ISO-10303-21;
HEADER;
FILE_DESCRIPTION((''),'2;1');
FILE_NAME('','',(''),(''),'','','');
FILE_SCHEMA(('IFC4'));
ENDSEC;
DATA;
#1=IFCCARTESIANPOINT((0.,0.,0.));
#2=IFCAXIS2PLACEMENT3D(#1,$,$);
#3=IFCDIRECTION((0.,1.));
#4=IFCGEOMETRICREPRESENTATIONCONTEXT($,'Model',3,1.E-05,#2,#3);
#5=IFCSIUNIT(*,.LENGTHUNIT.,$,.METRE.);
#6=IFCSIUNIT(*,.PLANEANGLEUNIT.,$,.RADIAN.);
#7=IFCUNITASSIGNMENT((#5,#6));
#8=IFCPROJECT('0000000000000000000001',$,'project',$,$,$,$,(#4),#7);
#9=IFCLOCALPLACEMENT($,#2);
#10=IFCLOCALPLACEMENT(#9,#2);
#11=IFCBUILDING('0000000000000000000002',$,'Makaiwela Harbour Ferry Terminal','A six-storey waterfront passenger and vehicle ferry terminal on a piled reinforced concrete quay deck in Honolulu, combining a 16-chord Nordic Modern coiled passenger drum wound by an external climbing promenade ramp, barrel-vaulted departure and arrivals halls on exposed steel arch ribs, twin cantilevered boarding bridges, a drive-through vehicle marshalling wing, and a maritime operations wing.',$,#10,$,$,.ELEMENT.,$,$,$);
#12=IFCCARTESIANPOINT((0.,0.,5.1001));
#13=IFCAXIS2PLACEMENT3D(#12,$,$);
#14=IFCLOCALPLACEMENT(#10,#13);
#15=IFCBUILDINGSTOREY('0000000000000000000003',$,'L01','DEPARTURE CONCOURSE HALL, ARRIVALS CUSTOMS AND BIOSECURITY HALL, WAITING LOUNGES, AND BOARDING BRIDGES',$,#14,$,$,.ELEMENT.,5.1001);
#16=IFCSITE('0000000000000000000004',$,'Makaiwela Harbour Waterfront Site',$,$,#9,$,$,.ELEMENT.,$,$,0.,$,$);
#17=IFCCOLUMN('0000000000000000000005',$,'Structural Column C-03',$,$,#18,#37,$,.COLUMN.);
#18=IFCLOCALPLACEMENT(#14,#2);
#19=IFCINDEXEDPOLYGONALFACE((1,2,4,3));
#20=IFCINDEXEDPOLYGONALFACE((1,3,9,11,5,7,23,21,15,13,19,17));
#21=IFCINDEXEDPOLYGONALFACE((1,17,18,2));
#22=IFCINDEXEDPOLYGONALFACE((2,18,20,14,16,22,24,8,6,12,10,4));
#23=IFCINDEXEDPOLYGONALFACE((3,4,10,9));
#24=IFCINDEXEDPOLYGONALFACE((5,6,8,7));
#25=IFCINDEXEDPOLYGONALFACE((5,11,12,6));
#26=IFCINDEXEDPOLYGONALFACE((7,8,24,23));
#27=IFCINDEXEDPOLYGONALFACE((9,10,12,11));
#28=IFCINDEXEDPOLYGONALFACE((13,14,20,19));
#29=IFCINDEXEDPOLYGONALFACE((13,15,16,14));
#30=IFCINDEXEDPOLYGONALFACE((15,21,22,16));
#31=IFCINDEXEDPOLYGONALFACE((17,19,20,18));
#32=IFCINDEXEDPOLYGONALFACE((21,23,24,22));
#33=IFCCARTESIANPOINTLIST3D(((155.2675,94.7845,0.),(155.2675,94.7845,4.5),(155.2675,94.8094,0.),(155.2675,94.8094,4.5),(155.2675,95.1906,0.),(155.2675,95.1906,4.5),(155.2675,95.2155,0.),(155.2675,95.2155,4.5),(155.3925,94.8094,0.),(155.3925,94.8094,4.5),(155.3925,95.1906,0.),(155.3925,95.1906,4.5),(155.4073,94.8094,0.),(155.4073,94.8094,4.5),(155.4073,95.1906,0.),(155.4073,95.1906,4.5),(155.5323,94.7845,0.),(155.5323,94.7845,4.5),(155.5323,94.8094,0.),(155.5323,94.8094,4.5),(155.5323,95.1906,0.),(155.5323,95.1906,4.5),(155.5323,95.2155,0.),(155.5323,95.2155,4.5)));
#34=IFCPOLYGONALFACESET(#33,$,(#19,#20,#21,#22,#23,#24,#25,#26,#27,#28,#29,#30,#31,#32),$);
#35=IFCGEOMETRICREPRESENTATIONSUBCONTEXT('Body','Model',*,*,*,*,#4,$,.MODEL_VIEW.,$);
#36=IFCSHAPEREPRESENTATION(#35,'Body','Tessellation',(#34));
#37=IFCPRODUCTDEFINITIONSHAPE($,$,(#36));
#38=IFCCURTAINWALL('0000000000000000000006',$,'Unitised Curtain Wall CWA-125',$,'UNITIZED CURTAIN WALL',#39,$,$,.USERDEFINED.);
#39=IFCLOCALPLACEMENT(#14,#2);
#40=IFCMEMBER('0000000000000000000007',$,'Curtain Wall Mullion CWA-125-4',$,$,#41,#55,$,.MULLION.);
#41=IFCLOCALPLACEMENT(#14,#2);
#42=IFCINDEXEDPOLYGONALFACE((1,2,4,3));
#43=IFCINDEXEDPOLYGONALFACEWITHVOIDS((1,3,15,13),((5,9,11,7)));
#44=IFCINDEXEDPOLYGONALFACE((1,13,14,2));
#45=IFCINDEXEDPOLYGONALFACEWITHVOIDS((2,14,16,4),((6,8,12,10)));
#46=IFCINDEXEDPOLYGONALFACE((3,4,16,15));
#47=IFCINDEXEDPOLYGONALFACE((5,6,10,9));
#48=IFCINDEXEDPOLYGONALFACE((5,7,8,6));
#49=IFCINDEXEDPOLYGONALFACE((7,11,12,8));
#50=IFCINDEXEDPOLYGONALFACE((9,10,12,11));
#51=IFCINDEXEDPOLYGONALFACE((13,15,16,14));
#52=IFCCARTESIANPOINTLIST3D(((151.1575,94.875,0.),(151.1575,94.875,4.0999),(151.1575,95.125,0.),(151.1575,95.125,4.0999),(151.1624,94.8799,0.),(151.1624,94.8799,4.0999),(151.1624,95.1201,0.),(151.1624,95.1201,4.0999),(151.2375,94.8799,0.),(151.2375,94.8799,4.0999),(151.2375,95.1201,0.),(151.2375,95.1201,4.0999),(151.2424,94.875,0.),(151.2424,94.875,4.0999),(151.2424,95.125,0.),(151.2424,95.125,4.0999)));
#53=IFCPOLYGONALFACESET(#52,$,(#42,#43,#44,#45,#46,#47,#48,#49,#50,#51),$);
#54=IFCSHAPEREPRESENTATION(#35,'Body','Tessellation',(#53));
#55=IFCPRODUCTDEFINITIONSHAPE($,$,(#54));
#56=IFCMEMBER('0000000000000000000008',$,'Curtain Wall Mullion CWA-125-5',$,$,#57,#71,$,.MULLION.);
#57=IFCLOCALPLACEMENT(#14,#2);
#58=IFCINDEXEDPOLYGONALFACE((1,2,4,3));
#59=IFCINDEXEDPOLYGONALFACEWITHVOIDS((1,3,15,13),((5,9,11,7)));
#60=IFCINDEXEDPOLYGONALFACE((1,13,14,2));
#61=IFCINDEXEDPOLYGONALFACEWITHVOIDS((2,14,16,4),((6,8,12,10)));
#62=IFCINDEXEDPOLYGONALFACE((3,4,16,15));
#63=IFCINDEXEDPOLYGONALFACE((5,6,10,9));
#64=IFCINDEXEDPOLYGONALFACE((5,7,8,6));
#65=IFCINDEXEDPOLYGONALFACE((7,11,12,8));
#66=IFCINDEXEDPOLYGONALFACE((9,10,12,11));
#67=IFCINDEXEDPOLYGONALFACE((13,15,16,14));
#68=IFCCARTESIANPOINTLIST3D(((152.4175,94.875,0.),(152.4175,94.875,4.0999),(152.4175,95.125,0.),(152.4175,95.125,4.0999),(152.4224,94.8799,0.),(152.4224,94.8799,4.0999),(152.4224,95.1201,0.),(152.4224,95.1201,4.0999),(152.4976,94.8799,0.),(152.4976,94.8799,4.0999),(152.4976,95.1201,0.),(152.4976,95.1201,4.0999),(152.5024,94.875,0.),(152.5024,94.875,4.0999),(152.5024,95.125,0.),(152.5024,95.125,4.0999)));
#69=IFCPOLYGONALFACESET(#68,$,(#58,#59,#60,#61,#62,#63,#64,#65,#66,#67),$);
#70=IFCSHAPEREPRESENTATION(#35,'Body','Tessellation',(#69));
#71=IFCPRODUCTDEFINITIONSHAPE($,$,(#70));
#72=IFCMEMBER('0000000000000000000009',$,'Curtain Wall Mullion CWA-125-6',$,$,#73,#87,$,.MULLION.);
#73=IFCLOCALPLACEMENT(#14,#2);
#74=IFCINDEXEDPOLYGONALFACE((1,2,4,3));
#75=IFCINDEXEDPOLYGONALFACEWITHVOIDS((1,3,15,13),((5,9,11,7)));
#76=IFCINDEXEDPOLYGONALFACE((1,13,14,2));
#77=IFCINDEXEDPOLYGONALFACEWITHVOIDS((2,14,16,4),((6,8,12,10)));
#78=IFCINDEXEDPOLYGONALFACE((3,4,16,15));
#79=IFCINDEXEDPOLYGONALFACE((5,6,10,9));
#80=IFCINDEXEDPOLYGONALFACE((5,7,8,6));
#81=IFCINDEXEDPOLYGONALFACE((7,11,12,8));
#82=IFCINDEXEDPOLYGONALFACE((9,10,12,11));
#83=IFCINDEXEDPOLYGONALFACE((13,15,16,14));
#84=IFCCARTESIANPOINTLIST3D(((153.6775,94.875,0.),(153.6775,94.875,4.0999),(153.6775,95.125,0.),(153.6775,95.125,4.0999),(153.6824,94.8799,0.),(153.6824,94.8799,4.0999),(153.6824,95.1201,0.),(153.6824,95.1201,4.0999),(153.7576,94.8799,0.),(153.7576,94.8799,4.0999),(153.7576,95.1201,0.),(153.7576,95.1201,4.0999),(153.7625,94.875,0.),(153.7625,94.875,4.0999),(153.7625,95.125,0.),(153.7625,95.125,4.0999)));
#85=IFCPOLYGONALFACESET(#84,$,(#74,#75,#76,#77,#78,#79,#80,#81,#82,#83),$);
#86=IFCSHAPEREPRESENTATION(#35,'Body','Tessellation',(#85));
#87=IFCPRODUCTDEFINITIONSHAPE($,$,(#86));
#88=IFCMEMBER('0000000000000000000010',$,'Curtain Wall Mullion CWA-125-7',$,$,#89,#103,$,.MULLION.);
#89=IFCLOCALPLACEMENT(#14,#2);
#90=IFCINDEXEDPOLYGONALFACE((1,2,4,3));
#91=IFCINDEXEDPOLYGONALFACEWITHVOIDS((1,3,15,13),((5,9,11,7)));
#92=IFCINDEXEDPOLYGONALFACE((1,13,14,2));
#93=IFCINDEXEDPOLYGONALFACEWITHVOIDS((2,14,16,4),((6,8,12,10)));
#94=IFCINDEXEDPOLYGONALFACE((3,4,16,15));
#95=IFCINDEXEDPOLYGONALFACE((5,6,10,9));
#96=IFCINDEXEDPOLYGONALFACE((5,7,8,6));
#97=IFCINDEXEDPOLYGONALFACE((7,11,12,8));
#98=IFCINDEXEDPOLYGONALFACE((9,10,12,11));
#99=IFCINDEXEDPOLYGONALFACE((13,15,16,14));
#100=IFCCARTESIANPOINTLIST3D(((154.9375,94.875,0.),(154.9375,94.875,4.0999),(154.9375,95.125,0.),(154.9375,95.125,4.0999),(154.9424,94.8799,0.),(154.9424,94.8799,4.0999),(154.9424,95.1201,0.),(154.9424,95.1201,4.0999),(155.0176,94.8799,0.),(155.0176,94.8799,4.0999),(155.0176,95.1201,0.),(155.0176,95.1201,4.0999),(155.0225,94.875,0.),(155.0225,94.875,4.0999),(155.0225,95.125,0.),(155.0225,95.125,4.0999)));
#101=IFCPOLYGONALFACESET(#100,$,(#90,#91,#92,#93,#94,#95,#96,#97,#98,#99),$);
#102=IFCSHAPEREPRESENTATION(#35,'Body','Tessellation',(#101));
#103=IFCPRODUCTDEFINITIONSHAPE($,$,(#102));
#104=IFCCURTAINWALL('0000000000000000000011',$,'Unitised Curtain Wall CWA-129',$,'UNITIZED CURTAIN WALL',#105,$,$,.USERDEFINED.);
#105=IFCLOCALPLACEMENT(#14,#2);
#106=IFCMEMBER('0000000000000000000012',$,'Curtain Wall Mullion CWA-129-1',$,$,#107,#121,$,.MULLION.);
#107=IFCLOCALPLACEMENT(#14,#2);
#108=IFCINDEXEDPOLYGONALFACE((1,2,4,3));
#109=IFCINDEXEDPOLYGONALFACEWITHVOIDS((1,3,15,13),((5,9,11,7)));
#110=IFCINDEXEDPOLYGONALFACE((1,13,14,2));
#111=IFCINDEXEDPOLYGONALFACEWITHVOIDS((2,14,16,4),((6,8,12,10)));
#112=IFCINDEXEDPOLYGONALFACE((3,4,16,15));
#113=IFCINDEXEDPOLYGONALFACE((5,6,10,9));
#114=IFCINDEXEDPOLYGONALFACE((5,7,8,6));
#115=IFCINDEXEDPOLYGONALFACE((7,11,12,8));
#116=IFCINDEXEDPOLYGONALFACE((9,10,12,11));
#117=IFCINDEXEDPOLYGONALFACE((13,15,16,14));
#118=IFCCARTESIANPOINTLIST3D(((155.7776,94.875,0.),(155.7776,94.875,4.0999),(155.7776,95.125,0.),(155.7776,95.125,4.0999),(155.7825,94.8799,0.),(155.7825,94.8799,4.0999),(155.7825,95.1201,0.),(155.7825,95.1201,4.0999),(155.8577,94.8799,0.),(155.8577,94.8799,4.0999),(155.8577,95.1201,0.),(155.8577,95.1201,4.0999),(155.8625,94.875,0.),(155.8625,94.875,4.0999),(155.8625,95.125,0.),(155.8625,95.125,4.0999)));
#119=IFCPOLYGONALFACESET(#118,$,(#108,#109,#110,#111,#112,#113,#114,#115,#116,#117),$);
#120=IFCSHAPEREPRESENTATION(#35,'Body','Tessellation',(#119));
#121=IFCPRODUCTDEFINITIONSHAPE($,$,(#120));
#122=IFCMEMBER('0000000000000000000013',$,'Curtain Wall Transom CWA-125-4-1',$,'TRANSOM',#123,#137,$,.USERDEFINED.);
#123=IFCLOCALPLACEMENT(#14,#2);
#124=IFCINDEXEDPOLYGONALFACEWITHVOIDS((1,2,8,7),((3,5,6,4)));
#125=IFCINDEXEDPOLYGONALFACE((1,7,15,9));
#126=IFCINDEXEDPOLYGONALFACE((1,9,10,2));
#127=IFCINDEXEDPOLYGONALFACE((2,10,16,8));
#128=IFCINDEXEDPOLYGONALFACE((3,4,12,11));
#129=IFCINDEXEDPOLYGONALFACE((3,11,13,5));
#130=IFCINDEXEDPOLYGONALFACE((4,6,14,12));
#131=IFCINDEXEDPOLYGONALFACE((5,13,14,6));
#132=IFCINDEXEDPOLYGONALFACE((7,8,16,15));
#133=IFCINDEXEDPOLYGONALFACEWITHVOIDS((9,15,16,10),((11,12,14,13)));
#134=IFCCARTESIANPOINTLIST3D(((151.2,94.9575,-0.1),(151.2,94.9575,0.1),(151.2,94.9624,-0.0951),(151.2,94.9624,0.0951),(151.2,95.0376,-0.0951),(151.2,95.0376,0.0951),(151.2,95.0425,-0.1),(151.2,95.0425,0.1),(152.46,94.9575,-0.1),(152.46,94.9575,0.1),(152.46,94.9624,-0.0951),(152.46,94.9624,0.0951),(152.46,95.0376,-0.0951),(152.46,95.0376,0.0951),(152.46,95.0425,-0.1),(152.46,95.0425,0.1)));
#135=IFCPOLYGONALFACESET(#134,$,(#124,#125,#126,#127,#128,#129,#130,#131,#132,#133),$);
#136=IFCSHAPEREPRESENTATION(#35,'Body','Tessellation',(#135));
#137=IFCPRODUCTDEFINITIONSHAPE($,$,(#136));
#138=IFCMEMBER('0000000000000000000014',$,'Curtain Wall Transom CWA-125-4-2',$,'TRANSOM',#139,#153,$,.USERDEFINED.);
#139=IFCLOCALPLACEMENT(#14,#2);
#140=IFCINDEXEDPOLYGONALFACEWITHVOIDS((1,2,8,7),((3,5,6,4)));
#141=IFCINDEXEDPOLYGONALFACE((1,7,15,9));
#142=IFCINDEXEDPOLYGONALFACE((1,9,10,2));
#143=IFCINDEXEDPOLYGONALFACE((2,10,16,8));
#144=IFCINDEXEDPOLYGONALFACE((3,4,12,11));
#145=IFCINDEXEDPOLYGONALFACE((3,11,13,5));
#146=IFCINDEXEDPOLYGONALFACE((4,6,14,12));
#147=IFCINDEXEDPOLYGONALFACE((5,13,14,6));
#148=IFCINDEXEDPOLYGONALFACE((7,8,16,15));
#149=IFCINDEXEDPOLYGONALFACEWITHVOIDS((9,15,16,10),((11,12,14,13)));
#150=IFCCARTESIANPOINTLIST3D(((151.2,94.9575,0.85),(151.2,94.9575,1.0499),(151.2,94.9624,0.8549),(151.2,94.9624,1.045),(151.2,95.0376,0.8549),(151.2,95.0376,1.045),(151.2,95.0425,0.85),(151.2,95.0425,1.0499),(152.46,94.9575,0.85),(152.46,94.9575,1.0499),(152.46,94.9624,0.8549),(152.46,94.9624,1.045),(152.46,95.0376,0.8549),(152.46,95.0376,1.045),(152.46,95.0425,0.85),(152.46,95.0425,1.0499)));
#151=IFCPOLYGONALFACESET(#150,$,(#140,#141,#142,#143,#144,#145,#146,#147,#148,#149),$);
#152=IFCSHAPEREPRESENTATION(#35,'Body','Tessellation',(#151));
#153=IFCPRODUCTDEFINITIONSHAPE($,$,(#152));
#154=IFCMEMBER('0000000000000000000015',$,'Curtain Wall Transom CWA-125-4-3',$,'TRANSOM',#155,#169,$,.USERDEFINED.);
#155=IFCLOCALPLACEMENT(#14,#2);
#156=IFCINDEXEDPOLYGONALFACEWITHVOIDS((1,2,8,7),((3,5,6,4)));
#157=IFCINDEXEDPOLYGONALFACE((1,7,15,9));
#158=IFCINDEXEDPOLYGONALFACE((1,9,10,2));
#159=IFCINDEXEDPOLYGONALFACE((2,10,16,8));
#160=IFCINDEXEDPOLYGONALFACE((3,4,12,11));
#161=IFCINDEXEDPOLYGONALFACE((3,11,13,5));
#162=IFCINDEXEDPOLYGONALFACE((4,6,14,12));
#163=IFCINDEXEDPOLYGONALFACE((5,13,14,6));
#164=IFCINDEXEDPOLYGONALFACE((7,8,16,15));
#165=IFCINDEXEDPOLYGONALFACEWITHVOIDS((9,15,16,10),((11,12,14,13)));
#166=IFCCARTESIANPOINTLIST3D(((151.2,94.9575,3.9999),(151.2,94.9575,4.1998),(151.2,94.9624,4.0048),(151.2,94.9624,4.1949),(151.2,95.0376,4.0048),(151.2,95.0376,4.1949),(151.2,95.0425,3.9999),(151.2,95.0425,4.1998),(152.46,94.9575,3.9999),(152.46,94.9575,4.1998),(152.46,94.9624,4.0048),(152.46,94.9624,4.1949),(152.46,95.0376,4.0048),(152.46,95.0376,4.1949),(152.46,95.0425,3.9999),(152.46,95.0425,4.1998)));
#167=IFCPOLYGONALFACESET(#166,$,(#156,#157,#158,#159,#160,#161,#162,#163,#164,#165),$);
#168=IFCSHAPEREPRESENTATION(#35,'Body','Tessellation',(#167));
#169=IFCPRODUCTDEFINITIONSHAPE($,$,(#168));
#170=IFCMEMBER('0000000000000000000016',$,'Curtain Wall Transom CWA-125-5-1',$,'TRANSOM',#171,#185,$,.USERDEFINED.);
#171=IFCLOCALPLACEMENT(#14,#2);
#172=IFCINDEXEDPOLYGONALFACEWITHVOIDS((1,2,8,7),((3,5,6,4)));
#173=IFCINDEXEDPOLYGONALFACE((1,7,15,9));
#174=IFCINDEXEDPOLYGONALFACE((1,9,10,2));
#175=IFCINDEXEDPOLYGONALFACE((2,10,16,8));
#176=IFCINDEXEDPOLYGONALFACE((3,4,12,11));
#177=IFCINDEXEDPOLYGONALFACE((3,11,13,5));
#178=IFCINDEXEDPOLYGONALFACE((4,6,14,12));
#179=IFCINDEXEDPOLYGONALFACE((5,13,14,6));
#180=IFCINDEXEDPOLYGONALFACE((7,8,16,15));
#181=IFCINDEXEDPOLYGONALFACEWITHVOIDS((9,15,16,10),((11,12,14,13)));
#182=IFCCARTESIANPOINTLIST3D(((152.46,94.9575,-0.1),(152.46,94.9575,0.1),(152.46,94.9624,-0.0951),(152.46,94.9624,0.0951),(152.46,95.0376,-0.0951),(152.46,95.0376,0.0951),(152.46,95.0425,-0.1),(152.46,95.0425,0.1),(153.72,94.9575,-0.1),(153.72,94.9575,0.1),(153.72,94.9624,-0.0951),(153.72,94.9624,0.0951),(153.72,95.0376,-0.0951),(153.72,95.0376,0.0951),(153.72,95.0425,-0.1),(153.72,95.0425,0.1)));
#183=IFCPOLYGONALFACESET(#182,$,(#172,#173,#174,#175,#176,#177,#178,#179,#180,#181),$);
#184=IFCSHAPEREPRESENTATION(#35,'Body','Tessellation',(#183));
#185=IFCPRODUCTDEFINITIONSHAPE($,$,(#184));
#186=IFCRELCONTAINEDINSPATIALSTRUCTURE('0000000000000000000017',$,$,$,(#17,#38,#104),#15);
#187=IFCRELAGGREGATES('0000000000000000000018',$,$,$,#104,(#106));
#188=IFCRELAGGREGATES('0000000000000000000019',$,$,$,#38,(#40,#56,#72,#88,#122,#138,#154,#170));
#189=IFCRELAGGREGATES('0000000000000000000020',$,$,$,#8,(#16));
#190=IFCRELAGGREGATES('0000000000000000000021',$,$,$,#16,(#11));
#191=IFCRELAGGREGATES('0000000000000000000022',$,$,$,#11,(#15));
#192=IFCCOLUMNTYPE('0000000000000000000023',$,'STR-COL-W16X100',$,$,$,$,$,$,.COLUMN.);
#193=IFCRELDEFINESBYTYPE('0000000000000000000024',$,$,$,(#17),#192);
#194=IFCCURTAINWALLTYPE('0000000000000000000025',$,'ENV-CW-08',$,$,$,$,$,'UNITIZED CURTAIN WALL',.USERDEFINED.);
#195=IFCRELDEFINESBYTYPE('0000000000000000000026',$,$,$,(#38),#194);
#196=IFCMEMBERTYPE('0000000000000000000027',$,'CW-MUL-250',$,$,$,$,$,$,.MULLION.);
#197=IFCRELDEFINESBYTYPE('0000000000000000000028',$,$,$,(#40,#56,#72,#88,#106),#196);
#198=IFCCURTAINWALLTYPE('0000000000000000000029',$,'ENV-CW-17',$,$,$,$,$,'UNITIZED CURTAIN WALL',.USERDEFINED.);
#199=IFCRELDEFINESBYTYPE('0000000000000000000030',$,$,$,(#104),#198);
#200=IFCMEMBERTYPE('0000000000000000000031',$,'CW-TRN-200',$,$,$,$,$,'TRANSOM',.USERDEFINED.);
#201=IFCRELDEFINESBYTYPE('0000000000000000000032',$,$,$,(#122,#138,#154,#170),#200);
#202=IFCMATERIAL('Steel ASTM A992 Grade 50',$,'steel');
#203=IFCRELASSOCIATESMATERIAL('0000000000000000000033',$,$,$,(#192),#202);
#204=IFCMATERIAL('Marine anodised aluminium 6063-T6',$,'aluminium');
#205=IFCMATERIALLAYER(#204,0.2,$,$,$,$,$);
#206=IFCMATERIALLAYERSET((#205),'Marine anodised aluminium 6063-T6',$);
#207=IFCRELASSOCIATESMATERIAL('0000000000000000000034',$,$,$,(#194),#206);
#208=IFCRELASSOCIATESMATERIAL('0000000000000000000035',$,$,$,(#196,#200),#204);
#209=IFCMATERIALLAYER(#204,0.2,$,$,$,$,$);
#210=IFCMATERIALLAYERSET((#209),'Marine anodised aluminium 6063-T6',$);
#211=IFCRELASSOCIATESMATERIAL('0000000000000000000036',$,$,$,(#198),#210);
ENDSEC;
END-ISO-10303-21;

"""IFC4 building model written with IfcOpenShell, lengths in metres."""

from ifc_helpers import new_model, si_unit, direction, frame, origin, origin_2d, place, context, subcontext, project, spatial, hollow_rectangle, i_section, extrude, material, layer, layer_set, material_profile, profile_set, type_object, element, aggregate, save


model = new_model("IFC4")

# Units and contexts
model_context = context("Model", 3, precision=1e-05, world=origin(), true_north=direction((0.0, 1.0)))
body_context = subcontext(model_context, "Body", "Model", "MODEL_VIEW")
ifc_project = project(units=[si_unit("LENGTHUNIT", "METRE"), si_unit("PLANEANGLEUNIT", "RADIAN")], contexts=[model_context])

# Site, building, storey
site_placement = place(None, origin())
site = spatial("IfcSite", under=ifc_project, at=site_placement, Name="Makaiwela Harbour Waterfront Site", CompositionType="ELEMENT", RefElevation=0.0)
building_placement = place(site_placement, origin())
building = spatial("IfcBuilding", under=site, at=building_placement, Name="Makaiwela Harbour Ferry Terminal", Description="A six-storey waterfront passenger and vehicle ferry terminal on a piled reinforced concrete quay deck in Honolulu, combining a 16-chord Nordic Modern coiled passenger drum wound by an external climbing promenade ramp, barrel-vaulted departure and arrivals halls on exposed steel arch ribs, twin cantilevered boarding bridges, a drive-through vehicle marshalling wing, and a maritime operations wing.", CompositionType="ELEMENT")
storey_placement = place(building_placement, frame((0.0, 0.0, 5.1001)))
storey = spatial("IfcBuildingStorey", under=building, at=storey_placement, Name="L01", Description="DEPARTURE CONCOURSE HALL, ARRIVALS CUSTOMS AND BIOSECURITY HALL, WAITING LOUNGES, AND BOARDING BRIDGES", CompositionType="ELEMENT", Elevation=5.1001)

# Column
ifc_material_1 = material(Name="Steel ASTM A992 Grade 50", Category="steel")
ifc_material_profile_1 = material_profile(ifc_material_1, i_section(OverallWidth=0.2649, OverallDepth=0.4309, WebThickness=0.0149, FlangeThickness=0.0249, at=origin_2d()), Name="W16X100")
ifc_profile_set_1 = profile_set([ifc_material_profile_1], Name="Steel ASTM A992 Grade 50")
column_type = type_object("IfcColumnType", Name="STR-COL-W16X100", PredefinedType="COLUMN", material=ifc_profile_set_1)
column_placement = place(storey_placement, frame((155.3999, 95.0, 0.0), z_axis=(0.0, 0.0, 1.0), x_axis=(1.0, 0.0, 0.0)))
element("IfcColumn", 1, at=column_placement, inside=storey, type_object=column_type, Name="Structural Column C-03", PredefinedType="COLUMN", context=body_context, shape_type="SweptSolid", body=[
    extrude(i_section(OverallWidth=0.2649, OverallDepth=0.4309, WebThickness=0.0149, FlangeThickness=0.0249, at=origin_2d()), origin(), (0.0, 0.0, 1.0), 4.5),
])

# Curtain wall, members
ifc_material_2 = material(Name="Marine anodised aluminium 6063-T6", Category="aluminium")
ifc_layer_1 = layer(ifc_material_2, 0.2)
ifc_layer_set_1 = layer_set([ifc_layer_1], Name="Marine anodised aluminium 6063-T6")
curtain_wall_type_1 = type_object("IfcCurtainWallType", Name="ENV-CW-08", ElementType="UNITIZED CURTAIN WALL", PredefinedType="USERDEFINED", material=ifc_layer_set_1)
curtain_wall_1_placement = place(storey_placement, origin())
curtain_wall_1 = element("IfcCurtainWall", 2, at=curtain_wall_1_placement, inside=storey, type_object=curtain_wall_type_1, Name="Unitised Curtain Wall CWA-125", ObjectType="UNITIZED CURTAIN WALL", PredefinedType="USERDEFINED")
ifc_material_profile_2 = material_profile(ifc_material_2, hollow_rectangle(XDim=0.085, YDim=0.25, WallThickness=0.0049, at=origin_2d()), Name="CWM-250X85")
ifc_profile_set_2 = profile_set([ifc_material_profile_2], Name="Marine anodised aluminium 6063-T6")
member_type_1 = type_object("IfcMemberType", Name="CW-MUL-250", PredefinedType="MULLION", material=ifc_profile_set_2)
member_1_placement = place(storey_placement, frame((151.2, 95.0, 0.0), z_axis=(0.0, 0.0, 1.0), x_axis=(1.0, 0.0, 0.0)))
member_1 = element("IfcMember", 3, at=member_1_placement, type_object=member_type_1, Name="Curtain Wall Mullion CWA-125-4", PredefinedType="MULLION", context=body_context, shape_type="SweptSolid", body=[
    extrude(hollow_rectangle(XDim=0.085, YDim=0.25, WallThickness=0.0049, at=origin_2d()), origin(), (0.0, 0.0, 1.0), 4.0999),
])
member_2_placement = place(storey_placement, frame((152.46, 95.0, 0.0), z_axis=(0.0, 0.0, 1.0), x_axis=(1.0, 0.0, 0.0)))
member_2 = element("IfcMember", 4, at=member_2_placement, type_object=member_type_1, Name="Curtain Wall Mullion CWA-125-5", PredefinedType="MULLION", context=body_context, shape_type="SweptSolid", body=[
    extrude(hollow_rectangle(XDim=0.085, YDim=0.25, WallThickness=0.0049, at=origin_2d()), origin(), (0.0, 0.0, 1.0), 4.0999),
])
member_3_placement = place(storey_placement, frame((153.72, 95.0, 0.0), z_axis=(0.0, 0.0, 1.0), x_axis=(1.0, 0.0, 0.0)))
member_3 = element("IfcMember", 5, at=member_3_placement, type_object=member_type_1, Name="Curtain Wall Mullion CWA-125-6", PredefinedType="MULLION", context=body_context, shape_type="SweptSolid", body=[
    extrude(hollow_rectangle(XDim=0.085, YDim=0.25, WallThickness=0.0049, at=origin_2d()), origin(), (0.0, 0.0, 1.0), 4.0999),
])
member_4_placement = place(storey_placement, frame((154.98, 95.0, 0.0), z_axis=(0.0, 0.0, 1.0), x_axis=(1.0, 0.0, 0.0)))
member_4 = element("IfcMember", 6, at=member_4_placement, type_object=member_type_1, Name="Curtain Wall Mullion CWA-125-7", PredefinedType="MULLION", context=body_context, shape_type="SweptSolid", body=[
    extrude(hollow_rectangle(XDim=0.085, YDim=0.25, WallThickness=0.0049, at=origin_2d()), origin(), (0.0, 0.0, 1.0), 4.0999),
])

# Curtain wall, member
ifc_layer_2 = layer(ifc_material_2, 0.2)
ifc_layer_set_2 = layer_set([ifc_layer_2], Name="Marine anodised aluminium 6063-T6")
curtain_wall_type_2 = type_object("IfcCurtainWallType", Name="ENV-CW-17", ElementType="UNITIZED CURTAIN WALL", PredefinedType="USERDEFINED", material=ifc_layer_set_2)
curtain_wall_2_placement = place(storey_placement, origin())
curtain_wall_2 = element("IfcCurtainWall", 7, at=curtain_wall_2_placement, inside=storey, type_object=curtain_wall_type_2, Name="Unitised Curtain Wall CWA-129", ObjectType="UNITIZED CURTAIN WALL", PredefinedType="USERDEFINED")
member_5_placement = place(storey_placement, frame((155.8201, 95.0, 0.0), z_axis=(0.0, 0.0, 1.0), x_axis=(1.0, 0.0, 0.0)))
member_5 = element("IfcMember", 8, at=member_5_placement, type_object=member_type_1, Name="Curtain Wall Mullion CWA-129-1", PredefinedType="MULLION", context=body_context, shape_type="SweptSolid", body=[
    extrude(hollow_rectangle(XDim=0.085, YDim=0.25, WallThickness=0.0049, at=origin_2d()), origin(), (0.0, 0.0, 1.0), 4.0999),
])

# Members
ifc_material_profile_3 = material_profile(ifc_material_2, hollow_rectangle(XDim=0.085, YDim=0.2, WallThickness=0.0049, at=origin_2d()), Name="CWT-200X85")
ifc_profile_set_3 = profile_set([ifc_material_profile_3], Name="Marine anodised aluminium 6063-T6")
member_type_2 = type_object("IfcMemberType", Name="CW-TRN-200", ElementType="TRANSOM", PredefinedType="USERDEFINED", material=ifc_profile_set_3)
member_6_placement = place(storey_placement, frame((151.2, 95.0, 0.0), z_axis=(1.0, 0.0, 0.0), x_axis=(0.0, 1.0, 0.0)))
member_6 = element("IfcMember", 9, at=member_6_placement, type_object=member_type_2, Name="Curtain Wall Transom CWA-125-4-1", ObjectType="TRANSOM", PredefinedType="USERDEFINED", context=body_context, shape_type="SweptSolid", body=[
    extrude(hollow_rectangle(XDim=0.085, YDim=0.2, WallThickness=0.0049, at=origin_2d()), origin(), (0.0, 0.0, 1.0), 1.26),
])
member_7_placement = place(storey_placement, frame((151.2, 95.0, 0.95), z_axis=(1.0, 0.0, 0.0), x_axis=(0.0, 1.0, 0.0)))
member_7 = element("IfcMember", 10, at=member_7_placement, type_object=member_type_2, Name="Curtain Wall Transom CWA-125-4-2", ObjectType="TRANSOM", PredefinedType="USERDEFINED", context=body_context, shape_type="SweptSolid", body=[
    extrude(hollow_rectangle(XDim=0.085, YDim=0.2, WallThickness=0.0049, at=origin_2d()), origin(), (0.0, 0.0, 1.0), 1.26),
])
member_8_placement = place(storey_placement, frame((151.2, 95.0, 4.0999), z_axis=(1.0, 0.0, 0.0), x_axis=(0.0, 1.0, 0.0)))
member_8 = element("IfcMember", 11, at=member_8_placement, type_object=member_type_2, Name="Curtain Wall Transom CWA-125-4-3", ObjectType="TRANSOM", PredefinedType="USERDEFINED", context=body_context, shape_type="SweptSolid", body=[
    extrude(hollow_rectangle(XDim=0.085, YDim=0.2, WallThickness=0.0049, at=origin_2d()), origin(), (0.0, 0.0, 1.0), 1.26),
])
member_9_placement = place(storey_placement, frame((152.46, 95.0, 0.0), z_axis=(1.0, 0.0, 0.0), x_axis=(0.0, 1.0, 0.0)))
member_9 = element("IfcMember", 12, at=member_9_placement, type_object=member_type_2, Name="Curtain Wall Transom CWA-125-5-1", ObjectType="TRANSOM", PredefinedType="USERDEFINED", context=body_context, shape_type="SweptSolid", body=[
    extrude(hollow_rectangle(XDim=0.085, YDim=0.2, WallThickness=0.0049, at=origin_2d()), origin(), (0.0, 0.0, 1.0), 1.26),
])
aggregate(curtain_wall_2, [member_5])

aggregate(curtain_wall_1, [member_1, member_2, member_3, member_4, member_6, member_7, member_8, member_9])

save(model, "model.ifc")
